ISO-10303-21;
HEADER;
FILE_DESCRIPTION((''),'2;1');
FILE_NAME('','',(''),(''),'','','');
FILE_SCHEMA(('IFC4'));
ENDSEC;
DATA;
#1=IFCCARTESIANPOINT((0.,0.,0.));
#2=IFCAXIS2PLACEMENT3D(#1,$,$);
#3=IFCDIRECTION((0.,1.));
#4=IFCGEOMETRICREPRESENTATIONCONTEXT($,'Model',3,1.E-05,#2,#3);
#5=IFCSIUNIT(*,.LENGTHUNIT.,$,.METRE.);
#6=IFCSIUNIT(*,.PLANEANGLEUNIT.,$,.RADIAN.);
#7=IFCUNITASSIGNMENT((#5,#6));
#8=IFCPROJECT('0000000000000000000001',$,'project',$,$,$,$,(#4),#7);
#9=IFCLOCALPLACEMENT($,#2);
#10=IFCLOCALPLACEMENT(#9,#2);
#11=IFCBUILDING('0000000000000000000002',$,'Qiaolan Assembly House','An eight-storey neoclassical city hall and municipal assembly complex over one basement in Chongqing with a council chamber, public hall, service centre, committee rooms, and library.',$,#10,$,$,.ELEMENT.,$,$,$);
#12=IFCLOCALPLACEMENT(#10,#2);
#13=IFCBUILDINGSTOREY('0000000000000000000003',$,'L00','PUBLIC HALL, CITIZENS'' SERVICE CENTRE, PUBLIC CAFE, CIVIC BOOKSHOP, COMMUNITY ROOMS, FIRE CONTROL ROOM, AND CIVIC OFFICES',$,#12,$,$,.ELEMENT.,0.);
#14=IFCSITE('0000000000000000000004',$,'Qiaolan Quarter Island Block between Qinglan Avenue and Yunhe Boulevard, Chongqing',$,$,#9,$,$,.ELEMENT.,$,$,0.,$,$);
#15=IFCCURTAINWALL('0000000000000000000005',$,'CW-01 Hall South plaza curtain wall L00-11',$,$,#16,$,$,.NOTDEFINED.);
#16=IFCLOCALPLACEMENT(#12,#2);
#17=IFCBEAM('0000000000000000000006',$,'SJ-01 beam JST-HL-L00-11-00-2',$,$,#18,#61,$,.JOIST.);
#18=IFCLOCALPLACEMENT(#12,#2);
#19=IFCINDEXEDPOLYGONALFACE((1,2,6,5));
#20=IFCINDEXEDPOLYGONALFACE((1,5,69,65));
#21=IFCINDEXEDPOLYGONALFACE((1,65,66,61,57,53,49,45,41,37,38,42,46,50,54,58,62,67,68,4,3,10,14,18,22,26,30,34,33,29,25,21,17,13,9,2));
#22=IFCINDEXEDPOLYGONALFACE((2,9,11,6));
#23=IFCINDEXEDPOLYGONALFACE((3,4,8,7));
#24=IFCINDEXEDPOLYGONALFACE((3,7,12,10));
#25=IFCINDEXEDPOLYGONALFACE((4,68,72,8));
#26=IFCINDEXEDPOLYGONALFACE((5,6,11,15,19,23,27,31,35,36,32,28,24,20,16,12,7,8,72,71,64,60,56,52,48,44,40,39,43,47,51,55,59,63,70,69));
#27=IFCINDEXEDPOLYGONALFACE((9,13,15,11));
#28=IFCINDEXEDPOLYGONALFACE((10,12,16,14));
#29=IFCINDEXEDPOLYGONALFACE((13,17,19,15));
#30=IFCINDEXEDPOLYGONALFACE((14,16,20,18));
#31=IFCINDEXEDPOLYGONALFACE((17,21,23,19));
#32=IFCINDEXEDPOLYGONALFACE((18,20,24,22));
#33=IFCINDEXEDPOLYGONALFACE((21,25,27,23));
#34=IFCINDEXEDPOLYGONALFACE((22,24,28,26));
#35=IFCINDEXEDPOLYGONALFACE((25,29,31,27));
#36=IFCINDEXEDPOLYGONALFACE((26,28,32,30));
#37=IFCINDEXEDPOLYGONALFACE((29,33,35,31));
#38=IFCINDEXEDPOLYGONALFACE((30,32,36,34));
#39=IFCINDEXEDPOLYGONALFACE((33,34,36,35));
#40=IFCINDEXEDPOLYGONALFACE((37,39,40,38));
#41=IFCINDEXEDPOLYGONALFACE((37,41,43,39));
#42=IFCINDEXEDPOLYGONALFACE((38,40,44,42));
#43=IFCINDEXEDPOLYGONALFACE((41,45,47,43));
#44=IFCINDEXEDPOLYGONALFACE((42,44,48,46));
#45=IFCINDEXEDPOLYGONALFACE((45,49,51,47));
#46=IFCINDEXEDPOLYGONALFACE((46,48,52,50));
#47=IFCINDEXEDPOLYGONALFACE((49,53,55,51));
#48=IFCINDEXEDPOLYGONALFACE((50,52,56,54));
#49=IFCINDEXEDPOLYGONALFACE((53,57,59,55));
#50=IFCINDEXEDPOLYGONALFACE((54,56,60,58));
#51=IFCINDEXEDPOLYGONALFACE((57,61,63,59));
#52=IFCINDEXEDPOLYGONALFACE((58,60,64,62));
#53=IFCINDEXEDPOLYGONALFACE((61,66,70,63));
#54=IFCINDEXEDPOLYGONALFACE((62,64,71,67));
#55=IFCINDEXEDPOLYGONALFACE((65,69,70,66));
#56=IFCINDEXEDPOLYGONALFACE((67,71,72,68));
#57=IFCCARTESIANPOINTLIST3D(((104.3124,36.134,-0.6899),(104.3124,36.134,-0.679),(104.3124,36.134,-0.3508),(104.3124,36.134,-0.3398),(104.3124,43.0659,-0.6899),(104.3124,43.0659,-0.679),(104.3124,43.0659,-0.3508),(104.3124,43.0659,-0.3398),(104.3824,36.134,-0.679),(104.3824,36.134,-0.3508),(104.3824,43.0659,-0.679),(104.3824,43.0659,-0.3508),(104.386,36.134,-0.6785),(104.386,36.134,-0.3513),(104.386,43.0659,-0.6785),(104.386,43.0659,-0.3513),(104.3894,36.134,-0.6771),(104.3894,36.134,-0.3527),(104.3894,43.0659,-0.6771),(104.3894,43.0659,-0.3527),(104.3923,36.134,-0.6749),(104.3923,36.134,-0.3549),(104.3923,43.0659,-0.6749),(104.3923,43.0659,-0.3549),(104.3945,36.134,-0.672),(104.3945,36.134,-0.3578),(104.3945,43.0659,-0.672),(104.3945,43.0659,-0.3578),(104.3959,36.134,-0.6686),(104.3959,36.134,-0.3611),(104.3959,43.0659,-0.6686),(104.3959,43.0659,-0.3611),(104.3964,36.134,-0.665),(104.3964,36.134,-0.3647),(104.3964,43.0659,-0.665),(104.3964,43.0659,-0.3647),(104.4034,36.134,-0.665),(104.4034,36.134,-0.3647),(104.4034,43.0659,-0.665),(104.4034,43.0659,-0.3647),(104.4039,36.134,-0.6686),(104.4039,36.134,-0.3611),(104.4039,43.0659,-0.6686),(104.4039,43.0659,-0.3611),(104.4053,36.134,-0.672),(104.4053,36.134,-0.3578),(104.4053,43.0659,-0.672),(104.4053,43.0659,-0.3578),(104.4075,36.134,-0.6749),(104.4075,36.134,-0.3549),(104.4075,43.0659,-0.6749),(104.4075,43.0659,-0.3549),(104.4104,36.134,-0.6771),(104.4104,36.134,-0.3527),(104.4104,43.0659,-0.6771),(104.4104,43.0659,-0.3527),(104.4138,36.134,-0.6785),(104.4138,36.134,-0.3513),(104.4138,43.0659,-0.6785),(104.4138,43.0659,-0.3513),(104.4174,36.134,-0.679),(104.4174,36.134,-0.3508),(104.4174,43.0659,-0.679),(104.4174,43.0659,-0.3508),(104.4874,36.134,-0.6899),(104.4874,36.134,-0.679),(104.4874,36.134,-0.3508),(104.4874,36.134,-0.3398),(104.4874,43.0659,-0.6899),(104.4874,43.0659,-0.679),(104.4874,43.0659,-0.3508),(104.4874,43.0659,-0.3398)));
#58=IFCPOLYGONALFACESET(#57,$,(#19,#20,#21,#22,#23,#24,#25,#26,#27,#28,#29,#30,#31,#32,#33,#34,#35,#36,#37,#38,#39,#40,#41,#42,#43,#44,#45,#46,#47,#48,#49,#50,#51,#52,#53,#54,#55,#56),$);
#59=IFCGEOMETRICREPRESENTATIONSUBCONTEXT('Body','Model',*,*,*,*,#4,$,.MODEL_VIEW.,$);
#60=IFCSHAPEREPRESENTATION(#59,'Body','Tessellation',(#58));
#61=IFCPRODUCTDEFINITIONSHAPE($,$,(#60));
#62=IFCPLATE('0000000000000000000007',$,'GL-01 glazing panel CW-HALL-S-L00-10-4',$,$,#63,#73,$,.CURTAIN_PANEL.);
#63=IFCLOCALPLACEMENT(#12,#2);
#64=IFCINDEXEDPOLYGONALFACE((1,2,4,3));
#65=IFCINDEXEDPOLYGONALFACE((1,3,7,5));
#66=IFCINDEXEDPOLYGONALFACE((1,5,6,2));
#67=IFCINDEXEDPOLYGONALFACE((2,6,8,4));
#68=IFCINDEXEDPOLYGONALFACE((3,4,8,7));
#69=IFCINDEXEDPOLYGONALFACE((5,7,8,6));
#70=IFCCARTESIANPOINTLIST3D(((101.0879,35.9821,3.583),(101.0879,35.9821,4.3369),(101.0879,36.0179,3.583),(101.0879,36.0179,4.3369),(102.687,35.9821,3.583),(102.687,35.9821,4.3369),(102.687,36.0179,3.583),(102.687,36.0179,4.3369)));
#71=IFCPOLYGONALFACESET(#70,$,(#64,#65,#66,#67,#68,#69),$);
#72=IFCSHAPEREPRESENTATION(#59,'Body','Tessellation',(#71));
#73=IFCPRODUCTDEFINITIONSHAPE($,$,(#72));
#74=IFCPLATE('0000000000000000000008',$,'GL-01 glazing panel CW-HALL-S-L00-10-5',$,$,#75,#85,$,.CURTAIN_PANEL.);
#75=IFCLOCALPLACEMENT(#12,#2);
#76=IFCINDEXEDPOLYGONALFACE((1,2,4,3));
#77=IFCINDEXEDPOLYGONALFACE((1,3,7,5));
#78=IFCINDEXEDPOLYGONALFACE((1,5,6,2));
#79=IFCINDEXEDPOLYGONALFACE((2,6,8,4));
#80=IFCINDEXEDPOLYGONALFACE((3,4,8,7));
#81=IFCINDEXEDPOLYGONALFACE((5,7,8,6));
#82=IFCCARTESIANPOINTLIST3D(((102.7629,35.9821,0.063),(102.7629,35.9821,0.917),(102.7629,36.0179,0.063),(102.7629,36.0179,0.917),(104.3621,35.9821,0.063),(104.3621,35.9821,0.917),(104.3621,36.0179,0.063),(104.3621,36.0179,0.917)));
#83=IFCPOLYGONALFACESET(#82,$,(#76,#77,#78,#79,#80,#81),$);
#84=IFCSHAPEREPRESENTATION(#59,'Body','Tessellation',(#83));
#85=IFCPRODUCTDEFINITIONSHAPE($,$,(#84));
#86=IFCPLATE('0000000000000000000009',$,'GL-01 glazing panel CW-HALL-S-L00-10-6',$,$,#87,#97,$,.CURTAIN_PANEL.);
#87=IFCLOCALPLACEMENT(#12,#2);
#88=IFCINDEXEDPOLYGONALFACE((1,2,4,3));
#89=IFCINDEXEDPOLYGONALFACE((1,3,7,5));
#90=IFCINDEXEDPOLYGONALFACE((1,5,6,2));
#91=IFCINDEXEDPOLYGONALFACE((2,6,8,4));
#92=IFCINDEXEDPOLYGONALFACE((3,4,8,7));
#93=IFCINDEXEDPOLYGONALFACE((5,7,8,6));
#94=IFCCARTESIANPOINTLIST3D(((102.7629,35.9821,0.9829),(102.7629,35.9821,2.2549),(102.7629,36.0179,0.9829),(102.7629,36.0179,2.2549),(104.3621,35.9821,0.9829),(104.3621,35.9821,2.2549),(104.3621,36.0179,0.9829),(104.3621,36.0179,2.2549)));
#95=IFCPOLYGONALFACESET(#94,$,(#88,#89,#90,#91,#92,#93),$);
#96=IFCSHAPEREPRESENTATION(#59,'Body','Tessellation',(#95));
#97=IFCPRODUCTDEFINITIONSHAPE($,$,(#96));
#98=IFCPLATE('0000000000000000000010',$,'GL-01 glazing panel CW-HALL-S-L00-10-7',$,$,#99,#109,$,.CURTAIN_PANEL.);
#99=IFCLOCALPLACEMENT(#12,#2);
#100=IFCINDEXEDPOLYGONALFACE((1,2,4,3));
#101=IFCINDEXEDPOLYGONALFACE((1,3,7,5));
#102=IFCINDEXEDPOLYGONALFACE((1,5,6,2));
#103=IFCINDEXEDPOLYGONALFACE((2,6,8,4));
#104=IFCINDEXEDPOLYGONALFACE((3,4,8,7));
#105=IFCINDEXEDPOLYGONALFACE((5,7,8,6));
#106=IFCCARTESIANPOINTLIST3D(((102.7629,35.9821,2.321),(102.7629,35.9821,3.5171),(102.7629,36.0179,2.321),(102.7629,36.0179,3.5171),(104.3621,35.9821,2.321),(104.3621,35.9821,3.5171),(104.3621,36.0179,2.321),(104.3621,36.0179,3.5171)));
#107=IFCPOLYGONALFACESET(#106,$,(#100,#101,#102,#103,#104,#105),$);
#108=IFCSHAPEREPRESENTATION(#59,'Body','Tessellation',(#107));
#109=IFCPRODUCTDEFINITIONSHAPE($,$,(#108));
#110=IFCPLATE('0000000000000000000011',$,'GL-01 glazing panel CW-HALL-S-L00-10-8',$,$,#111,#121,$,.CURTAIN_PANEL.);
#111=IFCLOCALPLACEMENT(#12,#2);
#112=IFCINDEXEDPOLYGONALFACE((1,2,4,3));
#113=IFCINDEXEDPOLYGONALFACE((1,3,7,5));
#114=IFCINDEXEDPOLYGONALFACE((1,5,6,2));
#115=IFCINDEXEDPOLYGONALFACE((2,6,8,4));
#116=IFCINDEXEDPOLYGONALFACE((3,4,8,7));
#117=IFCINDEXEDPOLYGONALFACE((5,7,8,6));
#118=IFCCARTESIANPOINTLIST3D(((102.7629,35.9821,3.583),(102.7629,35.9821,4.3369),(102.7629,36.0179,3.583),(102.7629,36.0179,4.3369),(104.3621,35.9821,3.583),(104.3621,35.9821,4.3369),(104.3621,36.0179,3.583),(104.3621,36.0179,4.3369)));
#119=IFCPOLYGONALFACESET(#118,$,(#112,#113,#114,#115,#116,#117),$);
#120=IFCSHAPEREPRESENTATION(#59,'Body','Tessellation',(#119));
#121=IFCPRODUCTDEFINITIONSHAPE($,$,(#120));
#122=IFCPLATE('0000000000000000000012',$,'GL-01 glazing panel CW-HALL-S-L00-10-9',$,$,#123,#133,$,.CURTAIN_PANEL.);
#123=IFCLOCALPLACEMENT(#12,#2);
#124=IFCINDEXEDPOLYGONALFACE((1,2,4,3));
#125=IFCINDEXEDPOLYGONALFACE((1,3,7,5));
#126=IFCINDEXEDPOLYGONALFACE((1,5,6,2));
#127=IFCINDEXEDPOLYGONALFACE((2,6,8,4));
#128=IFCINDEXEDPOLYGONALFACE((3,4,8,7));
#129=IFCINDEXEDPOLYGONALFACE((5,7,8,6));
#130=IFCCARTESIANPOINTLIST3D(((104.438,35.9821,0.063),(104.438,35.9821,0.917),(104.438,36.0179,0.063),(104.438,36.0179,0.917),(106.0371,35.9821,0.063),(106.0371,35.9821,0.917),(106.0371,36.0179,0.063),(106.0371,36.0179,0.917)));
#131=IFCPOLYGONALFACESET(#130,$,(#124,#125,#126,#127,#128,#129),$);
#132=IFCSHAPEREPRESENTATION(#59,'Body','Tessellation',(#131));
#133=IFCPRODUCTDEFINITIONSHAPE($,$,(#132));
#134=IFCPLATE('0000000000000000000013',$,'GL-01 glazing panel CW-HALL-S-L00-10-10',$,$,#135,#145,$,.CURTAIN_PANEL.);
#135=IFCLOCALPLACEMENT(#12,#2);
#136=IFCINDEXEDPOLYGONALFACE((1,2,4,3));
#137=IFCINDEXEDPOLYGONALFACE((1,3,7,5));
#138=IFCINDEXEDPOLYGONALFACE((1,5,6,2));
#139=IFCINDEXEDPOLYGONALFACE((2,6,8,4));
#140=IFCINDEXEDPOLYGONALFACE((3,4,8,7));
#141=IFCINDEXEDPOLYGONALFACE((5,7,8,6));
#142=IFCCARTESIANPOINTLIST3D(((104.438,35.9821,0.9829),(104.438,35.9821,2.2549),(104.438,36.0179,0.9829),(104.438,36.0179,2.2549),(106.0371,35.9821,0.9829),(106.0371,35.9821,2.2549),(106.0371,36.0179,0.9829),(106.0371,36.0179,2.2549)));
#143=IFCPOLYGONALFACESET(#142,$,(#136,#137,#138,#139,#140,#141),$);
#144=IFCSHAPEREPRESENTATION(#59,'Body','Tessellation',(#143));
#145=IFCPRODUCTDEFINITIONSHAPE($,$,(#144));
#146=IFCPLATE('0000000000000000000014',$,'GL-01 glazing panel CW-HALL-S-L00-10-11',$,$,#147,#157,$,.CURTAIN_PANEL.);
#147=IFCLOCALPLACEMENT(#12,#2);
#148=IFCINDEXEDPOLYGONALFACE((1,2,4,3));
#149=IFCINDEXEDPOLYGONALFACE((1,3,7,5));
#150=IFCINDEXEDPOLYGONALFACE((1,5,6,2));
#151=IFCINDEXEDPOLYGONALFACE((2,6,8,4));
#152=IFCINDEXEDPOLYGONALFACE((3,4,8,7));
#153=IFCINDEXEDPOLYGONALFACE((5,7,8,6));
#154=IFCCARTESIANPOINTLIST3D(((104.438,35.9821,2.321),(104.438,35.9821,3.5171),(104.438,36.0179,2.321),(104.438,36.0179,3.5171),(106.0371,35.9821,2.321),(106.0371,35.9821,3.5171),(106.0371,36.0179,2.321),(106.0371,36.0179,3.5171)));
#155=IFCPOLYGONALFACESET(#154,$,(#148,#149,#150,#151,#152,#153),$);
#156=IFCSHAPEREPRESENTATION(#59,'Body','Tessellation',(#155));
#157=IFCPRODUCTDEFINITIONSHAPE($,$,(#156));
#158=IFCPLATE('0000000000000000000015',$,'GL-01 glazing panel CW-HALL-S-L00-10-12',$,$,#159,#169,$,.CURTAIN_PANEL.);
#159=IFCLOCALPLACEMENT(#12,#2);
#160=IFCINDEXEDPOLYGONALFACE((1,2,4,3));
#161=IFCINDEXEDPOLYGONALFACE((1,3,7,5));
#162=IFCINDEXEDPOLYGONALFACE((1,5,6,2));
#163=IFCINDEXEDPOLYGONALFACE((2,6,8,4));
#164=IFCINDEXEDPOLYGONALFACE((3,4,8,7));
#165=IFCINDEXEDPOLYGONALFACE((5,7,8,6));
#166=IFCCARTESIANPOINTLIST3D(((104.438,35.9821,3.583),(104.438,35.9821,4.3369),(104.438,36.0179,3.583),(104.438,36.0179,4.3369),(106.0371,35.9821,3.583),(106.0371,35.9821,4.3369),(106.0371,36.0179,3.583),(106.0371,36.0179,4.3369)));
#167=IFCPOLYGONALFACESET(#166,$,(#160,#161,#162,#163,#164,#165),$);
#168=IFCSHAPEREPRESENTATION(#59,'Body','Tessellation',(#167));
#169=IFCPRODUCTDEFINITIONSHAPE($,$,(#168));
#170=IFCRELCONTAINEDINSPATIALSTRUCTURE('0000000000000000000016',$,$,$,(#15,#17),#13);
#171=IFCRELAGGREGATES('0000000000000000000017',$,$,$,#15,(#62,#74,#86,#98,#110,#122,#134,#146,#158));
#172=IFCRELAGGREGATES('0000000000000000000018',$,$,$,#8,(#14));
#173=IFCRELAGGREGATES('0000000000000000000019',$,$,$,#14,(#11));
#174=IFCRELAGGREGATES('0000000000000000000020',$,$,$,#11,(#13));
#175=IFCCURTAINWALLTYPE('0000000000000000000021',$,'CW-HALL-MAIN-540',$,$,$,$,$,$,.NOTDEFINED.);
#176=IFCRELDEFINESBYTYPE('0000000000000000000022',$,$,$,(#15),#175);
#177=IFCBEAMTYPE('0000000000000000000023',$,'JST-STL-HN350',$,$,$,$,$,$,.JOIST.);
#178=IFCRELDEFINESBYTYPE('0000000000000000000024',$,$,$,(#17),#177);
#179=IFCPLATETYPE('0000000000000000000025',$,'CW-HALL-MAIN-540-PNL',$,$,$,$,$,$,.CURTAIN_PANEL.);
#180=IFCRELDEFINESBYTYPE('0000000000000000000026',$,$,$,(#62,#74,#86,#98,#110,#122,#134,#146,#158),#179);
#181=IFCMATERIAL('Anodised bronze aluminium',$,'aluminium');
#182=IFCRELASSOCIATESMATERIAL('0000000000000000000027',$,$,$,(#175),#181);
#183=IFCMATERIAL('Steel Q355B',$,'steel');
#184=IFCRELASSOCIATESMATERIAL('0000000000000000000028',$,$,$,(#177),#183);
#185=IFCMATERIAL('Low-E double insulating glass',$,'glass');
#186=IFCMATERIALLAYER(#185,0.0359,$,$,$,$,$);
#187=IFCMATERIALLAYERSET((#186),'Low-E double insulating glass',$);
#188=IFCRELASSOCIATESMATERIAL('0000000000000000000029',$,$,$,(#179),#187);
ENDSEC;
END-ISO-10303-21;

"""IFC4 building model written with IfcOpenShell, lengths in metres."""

from ifc_helpers import new_model, si_unit, direction, frame, frame_2d, origin, origin_2d, place, context, subcontext, project, spatial, rectangle, i_section, extrude, material, layer, layer_set, material_profile, profile_set, type_object, element, aggregate, save


model = new_model("IFC4")

# Units and contexts
model_context = context("Model", 3, precision=1e-05, world=origin(), true_north=direction((0.0, 1.0)))
body_context = subcontext(model_context, "Body", "Model", "MODEL_VIEW")
ifc_project = project(units=[si_unit("LENGTHUNIT", "METRE"), si_unit("PLANEANGLEUNIT", "RADIAN")], contexts=[model_context])

# Site, building, storey
site_placement = place(None, origin())
site = spatial("IfcSite", under=ifc_project, at=site_placement, Name="Qiaolan Quarter Island Block between Qinglan Avenue and Yunhe Boulevard, Chongqing", CompositionType="ELEMENT", RefElevation=0.0)
building_placement = place(site_placement, origin())
building = spatial("IfcBuilding", under=site, at=building_placement, Name="Qiaolan Assembly House", Description="An eight-storey neoclassical city hall and municipal assembly complex over one basement in Chongqing with a council chamber, public hall, service centre, committee rooms, and library.", CompositionType="ELEMENT")
storey_placement = place(building_placement, origin())
storey = spatial("IfcBuildingStorey", under=building, at=storey_placement, Name="L00", Description="PUBLIC HALL, CITIZENS' SERVICE CENTRE, PUBLIC CAFE, CIVIC BOOKSHOP, COMMUNITY ROOMS, FIRE CONTROL ROOM, AND CIVIC OFFICES", CompositionType="ELEMENT", Elevation=0.0)

# Shared definitions
ifc_material_1 = material(Name="Steel Q355B", Category="steel")

# Curtain wall
ifc_material_2 = material(Name="Anodised bronze aluminium", Category="aluminium")
curtain_wall_type = type_object("IfcCurtainWallType", Name="CW-HALL-MAIN-540", PredefinedType="NOTDEFINED", material=ifc_material_2)
curtain_wall_placement = place(storey_placement, origin())
curtain_wall = element("IfcCurtainWall", 1, at=curtain_wall_placement, inside=storey, type_object=curtain_wall_type, Name="CW-01 Hall South plaza curtain wall L00-11", PredefinedType="NOTDEFINED")

# Beam
ifc_material_profile_1 = material_profile(ifc_material_1, i_section(OverallWidth=0.175, OverallDepth=0.3501, WebThickness=0.0071, FlangeThickness=0.011, FilletRadius=0.0139, at=origin_2d()), Name="HN 350x175x7x11")
ifc_profile_set_1 = profile_set([ifc_material_profile_1], Name="Steel Q355B")
beam_type_1 = type_object("IfcBeamType", Name="JST-STL-HN350", PredefinedType="JOIST", material=ifc_profile_set_1)
for number, where, z_axis, x_axis, name in (
    (2, (104.3999, 36.134, -0.5149), (0.0, 1.0, 0.0), (-1.0, 0.0, 0.0), "SJ-01 beam JST-HL-L00-11-00-2"),
):
    element("IfcBeam", number, at=place(storey_placement, frame(where, z_axis=z_axis, x_axis=x_axis)), inside=storey, type_object=beam_type_1, Name=name, PredefinedType="JOIST", context=body_context, shape_type="SweptSolid", body=[
        extrude(i_section(OverallWidth=0.175, OverallDepth=0.3501, WebThickness=0.0071, FlangeThickness=0.011, FilletRadius=0.0139, at=origin_2d()), origin(), (0.0, 0.0, 1.0), 6.9319),
    ])

# Plates
ifc_material_3 = material(Name="Low-E double insulating glass", Category="glass")
ifc_layer = layer(ifc_material_3, 0.0359)
ifc_layer_set = layer_set([ifc_layer], Name="Low-E double insulating glass")
plate_type = type_object("IfcPlateType", Name="CW-HALL-MAIN-540-PNL", PredefinedType="CURTAIN_PANEL", material=ifc_layer_set)
plate_1_placement = place(storey_placement, frame((101.0879, 36.0, 3.583), z_axis=(0.0, 0.0, 1.0), x_axis=(1.0, 0.0, 0.0)))
plate_1 = element("IfcPlate", 3, at=plate_1_placement, type_object=plate_type, Name="GL-01 glazing panel CW-HALL-S-L00-10-4", PredefinedType="CURTAIN_PANEL", context=body_context, shape_type="SweptSolid", body=[
    extrude(rectangle(XDim=1.5991, YDim=0.0359, at=frame_2d((0.7996, 0.0))), origin(), (0.0, 0.0, 1.0), 0.7539),
])
plate_2_placement = place(storey_placement, frame((102.7629, 36.0, 0.063), z_axis=(0.0, 0.0, 1.0), x_axis=(1.0, 0.0, 0.0)))
plate_2 = element("IfcPlate", 4, at=plate_2_placement, type_object=plate_type, Name="GL-01 glazing panel CW-HALL-S-L00-10-5", PredefinedType="CURTAIN_PANEL", context=body_context, shape_type="SweptSolid", body=[
    extrude(rectangle(XDim=1.5991, YDim=0.0359, at=frame_2d((0.7996, 0.0))), origin(), (0.0, 0.0, 1.0), 0.854),
])
plate_3_placement = place(storey_placement, frame((102.7629, 36.0, 0.9829), z_axis=(0.0, 0.0, 1.0), x_axis=(1.0, 0.0, 0.0)))
plate_3 = element("IfcPlate", 5, at=plate_3_placement, type_object=plate_type, Name="GL-01 glazing panel CW-HALL-S-L00-10-6", PredefinedType="CURTAIN_PANEL", context=body_context, shape_type="SweptSolid", body=[
    extrude(rectangle(XDim=1.5991, YDim=0.0359, at=frame_2d((0.7996, 0.0))), origin(), (0.0, 0.0, 1.0), 1.272),
])
plate_4_placement = place(storey_placement, frame((102.7629, 36.0, 2.321), z_axis=(0.0, 0.0, 1.0), x_axis=(1.0, 0.0, 0.0)))
plate_4 = element("IfcPlate", 6, at=plate_4_placement, type_object=plate_type, Name="GL-01 glazing panel CW-HALL-S-L00-10-7", PredefinedType="CURTAIN_PANEL", context=body_context, shape_type="SweptSolid", body=[
    extrude(rectangle(XDim=1.5991, YDim=0.0359, at=frame_2d((0.7996, 0.0))), origin(), (0.0, 0.0, 1.0), 1.196),
])
plate_5_placement = place(storey_placement, frame((102.7629, 36.0, 3.583), z_axis=(0.0, 0.0, 1.0), x_axis=(1.0, 0.0, 0.0)))
plate_5 = element("IfcPlate", 7, at=plate_5_placement, type_object=plate_type, Name="GL-01 glazing panel CW-HALL-S-L00-10-8", PredefinedType="CURTAIN_PANEL", context=body_context, shape_type="SweptSolid", body=[
    extrude(rectangle(XDim=1.5991, YDim=0.0359, at=frame_2d((0.7996, 0.0))), origin(), (0.0, 0.0, 1.0), 0.7539),
])
plate_6_placement = place(storey_placement, frame((104.438, 36.0, 0.063), z_axis=(0.0, 0.0, 1.0), x_axis=(1.0, 0.0, 0.0)))
plate_6 = element("IfcPlate", 8, at=plate_6_placement, type_object=plate_type, Name="GL-01 glazing panel CW-HALL-S-L00-10-9", PredefinedType="CURTAIN_PANEL", context=body_context, shape_type="SweptSolid", body=[
    extrude(rectangle(XDim=1.5991, YDim=0.0359, at=frame_2d((0.7996, 0.0))), origin(), (0.0, 0.0, 1.0), 0.854),
])
plate_7_placement = place(storey_placement, frame((104.438, 36.0, 0.9829), z_axis=(0.0, 0.0, 1.0), x_axis=(1.0, 0.0, 0.0)))
plate_7 = element("IfcPlate", 9, at=plate_7_placement, type_object=plate_type, Name="GL-01 glazing panel CW-HALL-S-L00-10-10", PredefinedType="CURTAIN_PANEL", context=body_context, shape_type="SweptSolid", body=[
    extrude(rectangle(XDim=1.5991, YDim=0.0359, at=frame_2d((0.7996, 0.0))), origin(), (0.0, 0.0, 1.0), 1.272),
])
plate_8_placement = place(storey_placement, frame((104.438, 36.0, 2.321), z_axis=(0.0, 0.0, 1.0), x_axis=(1.0, 0.0, 0.0)))
plate_8 = element("IfcPlate", 10, at=plate_8_placement, type_object=plate_type, Name="GL-01 glazing panel CW-HALL-S-L00-10-11", PredefinedType="CURTAIN_PANEL", context=body_context, shape_type="SweptSolid", body=[
    extrude(rectangle(XDim=1.5991, YDim=0.0359, at=frame_2d((0.7996, 0.0))), origin(), (0.0, 0.0, 1.0), 1.196),
])
plate_9_placement = place(storey_placement, frame((104.438, 36.0, 3.583), z_axis=(0.0, 0.0, 1.0), x_axis=(1.0, 0.0, 0.0)))
plate_9 = element("IfcPlate", 11, at=plate_9_placement, type_object=plate_type, Name="GL-01 glazing panel CW-HALL-S-L00-10-12", PredefinedType="CURTAIN_PANEL", context=body_context, shape_type="SweptSolid", body=[
    extrude(rectangle(XDim=1.5991, YDim=0.0359, at=frame_2d((0.7996, 0.0))), origin(), (0.0, 0.0, 1.0), 0.7539),
])
aggregate(curtain_wall, [plate_1, plate_2, plate_3, plate_4, plate_5, plate_6, plate_7, plate_8, plate_9])

save(model, "model.ifc")
